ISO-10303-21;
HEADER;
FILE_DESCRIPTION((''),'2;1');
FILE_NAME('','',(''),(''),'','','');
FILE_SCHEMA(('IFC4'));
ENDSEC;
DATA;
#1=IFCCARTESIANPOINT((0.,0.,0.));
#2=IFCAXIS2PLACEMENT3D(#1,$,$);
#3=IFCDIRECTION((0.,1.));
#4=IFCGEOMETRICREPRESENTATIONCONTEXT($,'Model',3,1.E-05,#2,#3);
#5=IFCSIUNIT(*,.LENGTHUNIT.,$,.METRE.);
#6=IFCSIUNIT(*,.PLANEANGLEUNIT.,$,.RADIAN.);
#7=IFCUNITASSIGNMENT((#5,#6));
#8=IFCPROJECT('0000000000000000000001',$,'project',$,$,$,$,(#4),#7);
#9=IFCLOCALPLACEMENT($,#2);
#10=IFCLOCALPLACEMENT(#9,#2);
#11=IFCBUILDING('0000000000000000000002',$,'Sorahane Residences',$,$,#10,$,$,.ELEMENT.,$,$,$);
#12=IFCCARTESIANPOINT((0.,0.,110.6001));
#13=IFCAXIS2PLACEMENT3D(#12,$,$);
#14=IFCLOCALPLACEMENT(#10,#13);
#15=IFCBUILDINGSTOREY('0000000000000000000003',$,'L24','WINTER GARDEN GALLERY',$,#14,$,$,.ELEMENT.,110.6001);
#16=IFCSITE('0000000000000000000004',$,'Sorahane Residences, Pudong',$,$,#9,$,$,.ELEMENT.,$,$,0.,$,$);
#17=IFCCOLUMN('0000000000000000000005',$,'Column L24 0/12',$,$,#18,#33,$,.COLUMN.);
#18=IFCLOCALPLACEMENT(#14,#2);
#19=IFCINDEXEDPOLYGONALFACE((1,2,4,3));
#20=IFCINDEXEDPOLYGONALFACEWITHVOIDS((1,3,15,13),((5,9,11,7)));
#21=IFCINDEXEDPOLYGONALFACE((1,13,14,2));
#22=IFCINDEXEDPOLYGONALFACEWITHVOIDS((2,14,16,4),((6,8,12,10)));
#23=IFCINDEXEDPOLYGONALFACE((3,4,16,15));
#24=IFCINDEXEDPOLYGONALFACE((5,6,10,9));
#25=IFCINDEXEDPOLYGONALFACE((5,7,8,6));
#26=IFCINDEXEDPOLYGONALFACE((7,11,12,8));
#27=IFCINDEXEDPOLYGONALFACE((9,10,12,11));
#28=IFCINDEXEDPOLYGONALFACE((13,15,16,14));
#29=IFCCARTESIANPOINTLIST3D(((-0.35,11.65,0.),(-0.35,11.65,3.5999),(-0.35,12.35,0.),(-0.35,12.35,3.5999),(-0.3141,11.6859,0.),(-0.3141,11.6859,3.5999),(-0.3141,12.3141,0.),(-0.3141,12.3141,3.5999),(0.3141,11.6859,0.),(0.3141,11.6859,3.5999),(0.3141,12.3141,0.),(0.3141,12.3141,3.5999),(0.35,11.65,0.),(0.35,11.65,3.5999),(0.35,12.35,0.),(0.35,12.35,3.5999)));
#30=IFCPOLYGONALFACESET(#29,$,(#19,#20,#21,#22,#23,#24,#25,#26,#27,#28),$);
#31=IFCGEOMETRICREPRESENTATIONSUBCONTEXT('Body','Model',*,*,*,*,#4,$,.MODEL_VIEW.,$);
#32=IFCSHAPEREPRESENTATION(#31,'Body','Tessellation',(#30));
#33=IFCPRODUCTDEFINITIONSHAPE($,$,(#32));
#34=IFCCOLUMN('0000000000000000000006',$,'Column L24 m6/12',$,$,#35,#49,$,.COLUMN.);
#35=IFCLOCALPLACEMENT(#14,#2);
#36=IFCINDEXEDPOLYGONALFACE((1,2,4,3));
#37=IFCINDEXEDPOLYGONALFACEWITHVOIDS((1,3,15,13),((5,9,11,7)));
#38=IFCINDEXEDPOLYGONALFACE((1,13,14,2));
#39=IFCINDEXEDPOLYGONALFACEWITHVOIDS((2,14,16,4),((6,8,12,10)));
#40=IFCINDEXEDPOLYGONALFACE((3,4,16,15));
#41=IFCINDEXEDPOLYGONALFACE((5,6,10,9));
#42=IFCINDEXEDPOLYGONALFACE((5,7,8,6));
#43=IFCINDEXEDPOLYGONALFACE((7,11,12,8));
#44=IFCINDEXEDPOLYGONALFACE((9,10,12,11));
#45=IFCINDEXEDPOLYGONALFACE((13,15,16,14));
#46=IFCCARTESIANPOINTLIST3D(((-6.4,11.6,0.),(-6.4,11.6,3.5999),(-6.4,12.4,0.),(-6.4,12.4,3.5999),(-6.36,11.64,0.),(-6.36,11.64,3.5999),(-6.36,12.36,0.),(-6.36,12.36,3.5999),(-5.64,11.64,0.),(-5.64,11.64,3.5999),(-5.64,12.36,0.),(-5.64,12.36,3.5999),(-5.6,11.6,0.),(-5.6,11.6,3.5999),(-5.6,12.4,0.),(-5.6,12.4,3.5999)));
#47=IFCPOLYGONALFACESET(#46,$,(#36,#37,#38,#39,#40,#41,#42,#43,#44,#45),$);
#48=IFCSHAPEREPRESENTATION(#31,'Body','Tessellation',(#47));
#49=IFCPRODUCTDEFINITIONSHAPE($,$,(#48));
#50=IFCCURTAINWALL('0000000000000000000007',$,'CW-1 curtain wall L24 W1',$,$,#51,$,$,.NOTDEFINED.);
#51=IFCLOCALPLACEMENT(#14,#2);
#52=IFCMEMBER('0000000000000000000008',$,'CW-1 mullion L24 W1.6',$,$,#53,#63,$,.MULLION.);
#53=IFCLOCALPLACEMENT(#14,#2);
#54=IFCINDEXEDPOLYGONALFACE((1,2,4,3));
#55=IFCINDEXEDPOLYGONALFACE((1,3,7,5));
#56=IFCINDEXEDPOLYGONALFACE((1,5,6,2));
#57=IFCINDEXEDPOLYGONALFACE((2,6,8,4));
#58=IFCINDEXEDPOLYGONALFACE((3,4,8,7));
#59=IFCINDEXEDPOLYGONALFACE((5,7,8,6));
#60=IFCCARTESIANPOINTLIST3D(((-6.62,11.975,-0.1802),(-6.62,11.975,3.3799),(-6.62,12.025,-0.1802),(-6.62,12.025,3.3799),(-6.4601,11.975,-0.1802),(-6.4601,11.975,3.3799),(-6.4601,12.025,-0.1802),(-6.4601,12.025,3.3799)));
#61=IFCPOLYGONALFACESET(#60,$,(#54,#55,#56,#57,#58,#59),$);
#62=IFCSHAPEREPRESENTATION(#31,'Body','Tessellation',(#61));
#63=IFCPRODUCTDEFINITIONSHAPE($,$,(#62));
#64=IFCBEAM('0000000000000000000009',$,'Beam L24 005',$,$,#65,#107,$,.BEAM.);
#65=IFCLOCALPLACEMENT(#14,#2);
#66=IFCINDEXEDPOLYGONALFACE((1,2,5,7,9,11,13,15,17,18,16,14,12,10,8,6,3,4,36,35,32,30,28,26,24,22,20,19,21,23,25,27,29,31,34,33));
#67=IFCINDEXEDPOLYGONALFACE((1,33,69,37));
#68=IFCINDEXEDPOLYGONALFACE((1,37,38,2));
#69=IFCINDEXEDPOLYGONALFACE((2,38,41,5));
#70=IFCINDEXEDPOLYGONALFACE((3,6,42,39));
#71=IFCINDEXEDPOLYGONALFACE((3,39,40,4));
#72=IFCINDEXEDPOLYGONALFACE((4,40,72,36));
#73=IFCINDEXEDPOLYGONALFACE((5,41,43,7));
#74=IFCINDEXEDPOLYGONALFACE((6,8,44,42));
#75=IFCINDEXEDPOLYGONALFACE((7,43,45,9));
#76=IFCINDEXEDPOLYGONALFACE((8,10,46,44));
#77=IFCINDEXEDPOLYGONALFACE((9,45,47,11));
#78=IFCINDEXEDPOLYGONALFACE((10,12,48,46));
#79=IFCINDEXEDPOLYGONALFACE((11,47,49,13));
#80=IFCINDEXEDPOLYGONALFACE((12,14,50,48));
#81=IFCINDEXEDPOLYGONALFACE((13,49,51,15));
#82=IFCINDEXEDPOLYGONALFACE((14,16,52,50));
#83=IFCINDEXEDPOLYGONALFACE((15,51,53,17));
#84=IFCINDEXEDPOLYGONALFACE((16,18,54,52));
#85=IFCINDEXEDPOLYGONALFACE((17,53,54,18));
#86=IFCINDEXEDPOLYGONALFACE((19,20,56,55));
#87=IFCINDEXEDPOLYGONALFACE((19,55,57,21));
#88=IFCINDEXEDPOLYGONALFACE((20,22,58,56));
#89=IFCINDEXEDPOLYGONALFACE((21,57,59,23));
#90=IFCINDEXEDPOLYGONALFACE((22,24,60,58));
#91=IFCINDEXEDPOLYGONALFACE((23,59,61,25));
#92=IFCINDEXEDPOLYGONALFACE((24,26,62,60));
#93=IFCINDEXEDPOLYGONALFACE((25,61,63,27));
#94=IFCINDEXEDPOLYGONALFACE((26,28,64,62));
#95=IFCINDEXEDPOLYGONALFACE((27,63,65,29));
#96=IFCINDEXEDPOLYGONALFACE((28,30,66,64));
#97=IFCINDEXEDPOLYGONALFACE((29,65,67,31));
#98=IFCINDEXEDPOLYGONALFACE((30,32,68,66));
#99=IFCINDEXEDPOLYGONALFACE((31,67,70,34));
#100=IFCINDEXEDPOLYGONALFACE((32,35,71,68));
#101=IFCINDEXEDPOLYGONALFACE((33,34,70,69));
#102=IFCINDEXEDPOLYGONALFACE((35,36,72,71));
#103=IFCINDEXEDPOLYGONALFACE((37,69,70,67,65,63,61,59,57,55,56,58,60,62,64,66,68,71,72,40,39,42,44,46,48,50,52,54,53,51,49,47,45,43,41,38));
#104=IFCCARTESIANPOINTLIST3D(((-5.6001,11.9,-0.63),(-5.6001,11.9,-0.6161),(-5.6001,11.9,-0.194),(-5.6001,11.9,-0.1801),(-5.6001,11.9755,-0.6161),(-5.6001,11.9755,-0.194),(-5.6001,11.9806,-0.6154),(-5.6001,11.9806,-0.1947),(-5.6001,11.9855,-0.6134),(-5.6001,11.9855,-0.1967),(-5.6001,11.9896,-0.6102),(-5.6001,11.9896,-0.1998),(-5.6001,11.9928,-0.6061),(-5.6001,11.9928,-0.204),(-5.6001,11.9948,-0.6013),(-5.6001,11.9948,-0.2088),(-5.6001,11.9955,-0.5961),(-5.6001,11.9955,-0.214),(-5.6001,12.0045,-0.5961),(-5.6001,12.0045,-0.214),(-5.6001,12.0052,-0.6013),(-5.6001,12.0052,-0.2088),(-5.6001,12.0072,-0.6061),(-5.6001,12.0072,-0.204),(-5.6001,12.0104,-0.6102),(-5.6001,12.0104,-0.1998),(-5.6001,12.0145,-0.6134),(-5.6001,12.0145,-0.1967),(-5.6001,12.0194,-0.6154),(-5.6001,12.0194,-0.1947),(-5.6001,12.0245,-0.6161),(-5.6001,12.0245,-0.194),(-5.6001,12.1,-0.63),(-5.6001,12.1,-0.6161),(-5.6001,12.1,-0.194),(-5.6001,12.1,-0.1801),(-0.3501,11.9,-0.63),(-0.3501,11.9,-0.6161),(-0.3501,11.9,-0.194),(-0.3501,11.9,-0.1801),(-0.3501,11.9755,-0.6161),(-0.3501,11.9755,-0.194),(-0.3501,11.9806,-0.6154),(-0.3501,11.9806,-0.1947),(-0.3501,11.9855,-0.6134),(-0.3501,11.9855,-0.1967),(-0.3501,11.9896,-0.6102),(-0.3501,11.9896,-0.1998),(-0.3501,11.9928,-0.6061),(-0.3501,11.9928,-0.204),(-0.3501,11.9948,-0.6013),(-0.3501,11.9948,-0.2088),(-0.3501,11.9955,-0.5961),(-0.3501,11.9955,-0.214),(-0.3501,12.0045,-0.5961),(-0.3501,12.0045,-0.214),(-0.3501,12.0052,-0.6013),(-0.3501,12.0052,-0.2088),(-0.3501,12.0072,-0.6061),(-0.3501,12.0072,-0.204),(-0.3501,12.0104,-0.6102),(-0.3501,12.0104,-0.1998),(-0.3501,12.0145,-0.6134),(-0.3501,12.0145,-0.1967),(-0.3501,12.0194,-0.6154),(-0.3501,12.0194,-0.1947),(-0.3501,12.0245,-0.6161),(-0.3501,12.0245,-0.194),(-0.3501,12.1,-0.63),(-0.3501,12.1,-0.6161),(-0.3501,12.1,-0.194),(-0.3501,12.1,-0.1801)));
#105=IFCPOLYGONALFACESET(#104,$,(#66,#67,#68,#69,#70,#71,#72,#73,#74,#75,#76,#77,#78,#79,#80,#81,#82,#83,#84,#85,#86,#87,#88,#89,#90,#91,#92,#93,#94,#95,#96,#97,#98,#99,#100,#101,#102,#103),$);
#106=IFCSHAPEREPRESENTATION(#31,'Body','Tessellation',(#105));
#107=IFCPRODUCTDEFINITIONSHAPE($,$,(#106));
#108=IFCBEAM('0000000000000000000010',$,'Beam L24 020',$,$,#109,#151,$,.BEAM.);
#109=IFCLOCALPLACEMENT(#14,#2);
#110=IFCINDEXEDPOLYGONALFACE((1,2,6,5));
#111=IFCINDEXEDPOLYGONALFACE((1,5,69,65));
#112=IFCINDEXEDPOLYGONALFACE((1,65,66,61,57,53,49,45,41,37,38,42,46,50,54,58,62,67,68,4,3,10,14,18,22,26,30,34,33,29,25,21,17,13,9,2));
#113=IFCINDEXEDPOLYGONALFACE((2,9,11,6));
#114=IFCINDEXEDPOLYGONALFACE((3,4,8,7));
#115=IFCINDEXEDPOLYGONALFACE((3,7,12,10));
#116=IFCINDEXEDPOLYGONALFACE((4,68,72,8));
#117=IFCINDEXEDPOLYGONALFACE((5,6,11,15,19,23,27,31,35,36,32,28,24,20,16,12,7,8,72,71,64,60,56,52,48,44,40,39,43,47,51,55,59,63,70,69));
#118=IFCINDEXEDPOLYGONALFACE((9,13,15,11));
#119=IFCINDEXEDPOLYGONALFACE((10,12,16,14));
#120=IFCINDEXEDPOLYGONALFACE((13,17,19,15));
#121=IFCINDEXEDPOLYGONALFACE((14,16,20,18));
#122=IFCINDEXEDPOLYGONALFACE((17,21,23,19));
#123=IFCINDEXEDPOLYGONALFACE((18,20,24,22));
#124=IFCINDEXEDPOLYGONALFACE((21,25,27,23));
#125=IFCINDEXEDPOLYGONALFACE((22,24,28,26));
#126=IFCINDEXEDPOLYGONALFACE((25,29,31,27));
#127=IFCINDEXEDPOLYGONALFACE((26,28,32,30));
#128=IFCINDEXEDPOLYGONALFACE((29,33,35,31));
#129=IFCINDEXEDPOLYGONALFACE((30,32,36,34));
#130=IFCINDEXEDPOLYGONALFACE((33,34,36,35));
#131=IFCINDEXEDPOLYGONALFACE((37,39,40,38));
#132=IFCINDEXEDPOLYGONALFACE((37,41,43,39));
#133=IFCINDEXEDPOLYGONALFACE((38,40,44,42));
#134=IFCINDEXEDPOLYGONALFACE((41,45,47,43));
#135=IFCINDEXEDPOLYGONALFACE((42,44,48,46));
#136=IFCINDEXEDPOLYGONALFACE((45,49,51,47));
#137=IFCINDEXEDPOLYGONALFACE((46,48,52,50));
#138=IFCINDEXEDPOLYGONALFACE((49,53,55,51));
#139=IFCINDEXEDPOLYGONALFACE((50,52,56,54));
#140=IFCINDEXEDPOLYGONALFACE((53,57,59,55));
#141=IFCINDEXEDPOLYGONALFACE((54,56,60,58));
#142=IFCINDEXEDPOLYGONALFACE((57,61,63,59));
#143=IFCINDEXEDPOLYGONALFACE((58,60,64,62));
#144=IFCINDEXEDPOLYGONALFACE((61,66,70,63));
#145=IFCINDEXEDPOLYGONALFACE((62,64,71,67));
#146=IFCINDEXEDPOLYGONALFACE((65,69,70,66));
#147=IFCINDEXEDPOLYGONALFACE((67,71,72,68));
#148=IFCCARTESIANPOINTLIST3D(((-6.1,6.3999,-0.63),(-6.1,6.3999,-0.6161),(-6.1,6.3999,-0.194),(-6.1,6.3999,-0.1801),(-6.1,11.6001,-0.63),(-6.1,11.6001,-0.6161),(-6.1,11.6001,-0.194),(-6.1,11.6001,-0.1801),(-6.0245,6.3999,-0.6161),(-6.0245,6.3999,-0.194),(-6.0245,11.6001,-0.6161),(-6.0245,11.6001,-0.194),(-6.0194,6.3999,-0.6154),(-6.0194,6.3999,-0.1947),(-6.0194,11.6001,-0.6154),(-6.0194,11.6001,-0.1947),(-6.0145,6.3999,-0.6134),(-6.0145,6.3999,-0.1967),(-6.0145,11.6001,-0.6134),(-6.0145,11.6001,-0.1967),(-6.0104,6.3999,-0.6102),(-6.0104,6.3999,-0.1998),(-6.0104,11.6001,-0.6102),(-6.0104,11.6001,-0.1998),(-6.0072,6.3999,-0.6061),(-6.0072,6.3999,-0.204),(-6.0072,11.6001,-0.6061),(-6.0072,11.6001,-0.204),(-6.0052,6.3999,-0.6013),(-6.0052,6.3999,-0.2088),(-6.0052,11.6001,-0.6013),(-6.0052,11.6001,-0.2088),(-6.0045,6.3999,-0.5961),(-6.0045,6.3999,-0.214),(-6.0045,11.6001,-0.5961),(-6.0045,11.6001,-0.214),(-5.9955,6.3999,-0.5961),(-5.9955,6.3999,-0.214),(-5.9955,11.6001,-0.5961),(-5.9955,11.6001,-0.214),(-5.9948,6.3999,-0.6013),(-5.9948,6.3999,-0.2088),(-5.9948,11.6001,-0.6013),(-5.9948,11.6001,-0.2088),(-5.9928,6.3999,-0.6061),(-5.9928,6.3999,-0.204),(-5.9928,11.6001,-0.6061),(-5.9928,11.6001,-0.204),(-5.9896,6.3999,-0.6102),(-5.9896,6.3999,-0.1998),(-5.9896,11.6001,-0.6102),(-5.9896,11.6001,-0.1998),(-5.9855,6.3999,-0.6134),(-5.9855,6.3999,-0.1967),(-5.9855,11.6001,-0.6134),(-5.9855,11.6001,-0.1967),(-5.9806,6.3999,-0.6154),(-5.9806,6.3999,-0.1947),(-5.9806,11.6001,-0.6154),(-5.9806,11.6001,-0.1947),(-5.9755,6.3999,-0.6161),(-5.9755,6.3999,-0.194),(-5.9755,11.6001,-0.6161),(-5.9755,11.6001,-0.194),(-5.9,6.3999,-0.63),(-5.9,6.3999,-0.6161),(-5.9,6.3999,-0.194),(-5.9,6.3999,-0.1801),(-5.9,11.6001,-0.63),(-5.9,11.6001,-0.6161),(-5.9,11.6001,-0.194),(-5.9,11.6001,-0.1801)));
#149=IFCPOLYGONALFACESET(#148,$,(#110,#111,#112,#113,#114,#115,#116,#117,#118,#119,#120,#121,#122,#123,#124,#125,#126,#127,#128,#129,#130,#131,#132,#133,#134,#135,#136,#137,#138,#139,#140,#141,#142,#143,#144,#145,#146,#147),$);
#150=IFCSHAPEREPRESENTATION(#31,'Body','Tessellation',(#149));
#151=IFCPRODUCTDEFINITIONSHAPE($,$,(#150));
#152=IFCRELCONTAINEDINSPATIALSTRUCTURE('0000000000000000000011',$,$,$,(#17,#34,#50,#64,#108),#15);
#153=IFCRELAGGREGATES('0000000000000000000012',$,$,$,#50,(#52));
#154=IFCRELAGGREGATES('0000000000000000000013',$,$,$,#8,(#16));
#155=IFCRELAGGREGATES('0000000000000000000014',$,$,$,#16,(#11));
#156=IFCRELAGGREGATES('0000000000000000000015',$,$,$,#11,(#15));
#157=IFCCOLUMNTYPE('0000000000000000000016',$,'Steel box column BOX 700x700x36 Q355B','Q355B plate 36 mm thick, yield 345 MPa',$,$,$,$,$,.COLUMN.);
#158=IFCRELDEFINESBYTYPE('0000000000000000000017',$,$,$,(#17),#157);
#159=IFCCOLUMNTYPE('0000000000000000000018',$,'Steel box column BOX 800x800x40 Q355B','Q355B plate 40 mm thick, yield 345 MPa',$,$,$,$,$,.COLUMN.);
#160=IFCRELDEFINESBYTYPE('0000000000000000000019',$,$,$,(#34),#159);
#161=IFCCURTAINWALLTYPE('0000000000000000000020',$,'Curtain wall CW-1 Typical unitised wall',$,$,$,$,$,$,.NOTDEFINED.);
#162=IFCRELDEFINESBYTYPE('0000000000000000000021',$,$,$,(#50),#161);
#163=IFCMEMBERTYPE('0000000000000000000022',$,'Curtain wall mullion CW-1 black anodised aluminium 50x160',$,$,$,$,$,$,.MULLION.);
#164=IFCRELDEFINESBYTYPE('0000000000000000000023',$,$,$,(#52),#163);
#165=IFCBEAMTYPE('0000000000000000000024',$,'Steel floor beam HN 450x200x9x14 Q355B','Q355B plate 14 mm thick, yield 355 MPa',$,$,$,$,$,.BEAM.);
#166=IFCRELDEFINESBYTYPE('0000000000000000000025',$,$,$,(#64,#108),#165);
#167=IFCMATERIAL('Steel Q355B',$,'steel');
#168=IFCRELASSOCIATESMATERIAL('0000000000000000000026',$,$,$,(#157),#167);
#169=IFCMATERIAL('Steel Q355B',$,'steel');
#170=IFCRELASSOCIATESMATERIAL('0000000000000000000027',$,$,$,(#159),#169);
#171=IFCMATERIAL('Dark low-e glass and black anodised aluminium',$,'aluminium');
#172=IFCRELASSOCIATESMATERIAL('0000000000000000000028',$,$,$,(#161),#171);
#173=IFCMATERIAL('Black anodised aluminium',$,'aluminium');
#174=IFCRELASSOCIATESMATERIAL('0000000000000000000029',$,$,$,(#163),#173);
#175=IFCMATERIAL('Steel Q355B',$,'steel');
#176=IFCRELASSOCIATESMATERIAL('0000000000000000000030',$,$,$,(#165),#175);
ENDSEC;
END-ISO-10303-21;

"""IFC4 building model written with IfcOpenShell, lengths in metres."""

from ifc_helpers import new_model, si_unit, direction, frame, origin, origin_2d, place, context, subcontext, project, spatial, rectangle, hollow_rectangle, i_section, extrude, material, material_profile, profile_set, type_object, element, aggregate, save


model = new_model("IFC4")

# Units and contexts
model_context = context("Model", 3, precision=1e-05, world=origin(), true_north=direction((0.0, 1.0)))
body_context = subcontext(model_context, "Body", "Model", "MODEL_VIEW")
ifc_project = project(units=[si_unit("LENGTHUNIT", "METRE"), si_unit("PLANEANGLEUNIT", "RADIAN")], contexts=[model_context])

# Site, building, storey
site_placement = place(None, origin())
site = spatial("IfcSite", under=ifc_project, at=site_placement, Name="Sorahane Residences, Pudong", CompositionType="ELEMENT", RefElevation=0.0)
building_placement = place(site_placement, origin())
building = spatial("IfcBuilding", under=site, at=building_placement, Name="Sorahane Residences", CompositionType="ELEMENT")
storey_placement = place(building_placement, frame((0.0, 0.0, 110.6001)))
storey = spatial("IfcBuildingStorey", under=building, at=storey_placement, Name="L24", Description="WINTER GARDEN GALLERY", CompositionType="ELEMENT", Elevation=110.6001)

# Columns
ifc_material_1 = material(Name="Steel Q355B", Category="steel")
ifc_material_profile_1 = material_profile(ifc_material_1, hollow_rectangle(XDim=0.7, YDim=0.7, WallThickness=0.0359, at=origin_2d()), Name="BOX 700x700x36")
ifc_profile_set_1 = profile_set([ifc_material_profile_1], Name="Steel Q355B")
column_type_1 = type_object("IfcColumnType", Name="Steel box column BOX 700x700x36 Q355B", Description="Q355B plate 36 mm thick, yield 345 MPa", PredefinedType="COLUMN", material=ifc_profile_set_1)
column_1_placement = place(storey_placement, frame((0.0, 12.0, 0.0), z_axis=(0.0, 0.0, 1.0), x_axis=(1.0, 0.0, 0.0)))
element("IfcColumn", 1, at=column_1_placement, inside=storey, type_object=column_type_1, Name="Column L24 0/12", PredefinedType="COLUMN", context=body_context, shape_type="SweptSolid", body=[
    extrude(hollow_rectangle(XDim=0.7, YDim=0.7, WallThickness=0.0359, at=origin_2d()), origin(), (0.0, 0.0, 1.0), 3.5999),
])
ifc_material_2 = material(Name="Steel Q355B", Category="steel")
ifc_material_profile_2 = material_profile(ifc_material_2, hollow_rectangle(XDim=0.8, YDim=0.8, WallThickness=0.04, at=origin_2d()), Name="BOX 800x800x40")
ifc_profile_set_2 = profile_set([ifc_material_profile_2], Name="Steel Q355B")
column_type_2 = type_object("IfcColumnType", Name="Steel box column BOX 800x800x40 Q355B", Description="Q355B plate 40 mm thick, yield 345 MPa", PredefinedType="COLUMN", material=ifc_profile_set_2)
column_2_placement = place(storey_placement, frame((-6.0, 12.0, 0.0), z_axis=(0.0, 0.0, 1.0), x_axis=(1.0, 0.0, 0.0)))
element("IfcColumn", 2, at=column_2_placement, inside=storey, type_object=column_type_2, Name="Column L24 m6/12", PredefinedType="COLUMN", context=body_context, shape_type="SweptSolid", body=[
    extrude(hollow_rectangle(XDim=0.8, YDim=0.8, WallThickness=0.04, at=origin_2d()), origin(), (0.0, 0.0, 1.0), 3.5999),
])

# Curtain wall, member
ifc_material_3 = material(Name="Dark low-e glass and black anodised aluminium", Category="aluminium")
curtain_wall_type = type_object("IfcCurtainWallType", Name="Curtain wall CW-1 Typical unitised wall", PredefinedType="NOTDEFINED", material=ifc_material_3)
curtain_wall_placement = place(storey_placement, origin())
curtain_wall = element("IfcCurtainWall", 3, at=curtain_wall_placement, inside=storey, type_object=curtain_wall_type, Name="CW-1 curtain wall L24 W1", PredefinedType="NOTDEFINED")
ifc_material_4 = material(Name="Black anodised aluminium", Category="aluminium")
ifc_material_profile_3 = material_profile(ifc_material_4, rectangle(XDim=0.1599, YDim=0.05, at=origin_2d()), Name="Curtain wall mullion CW-1 black anodised aluminium 50x160")
ifc_profile_set_3 = profile_set([ifc_material_profile_3], Name="Black anodised aluminium")
member_type = type_object("IfcMemberType", Name="Curtain wall mullion CW-1 black anodised aluminium 50x160", PredefinedType="MULLION", material=ifc_profile_set_3)
member_placement = place(storey_placement, frame((-6.54, 12.0, -0.1802), z_axis=(0.0, 0.0, 1.0), x_axis=(-1.0, 0.0, 0.0)))
member = element("IfcMember", 4, at=member_placement, type_object=member_type, Name="CW-1 mullion L24 W1.6", PredefinedType="MULLION", context=body_context, shape_type="SweptSolid", body=[
    extrude(rectangle(XDim=0.1599, YDim=0.05, at=origin_2d()), origin(), (0.0, 0.0, 1.0), 3.5601),
])

# Beams
ifc_material_5 = material(Name="Steel Q355B", Category="steel")
ifc_material_profile_4 = material_profile(ifc_material_5, i_section(OverallWidth=0.2, OverallDepth=0.45, WebThickness=0.009, FlangeThickness=0.0139, FilletRadius=0.02, at=origin_2d()), Name="HN 450x200x9x14")
ifc_profile_set_4 = profile_set([ifc_material_profile_4], Name="Steel Q355B")
beam_type_1 = type_object("IfcBeamType", Name="Steel floor beam HN 450x200x9x14 Q355B", Description="Q355B plate 14 mm thick, yield 355 MPa", PredefinedType="BEAM", material=ifc_profile_set_4)
beam_1_placement = place(storey_placement, frame((-5.6001, 12.0, -0.405), z_axis=(1.0, 0.0, 0.0), x_axis=(0.0, 1.0, 0.0)))
element("IfcBeam", 5, at=beam_1_placement, inside=storey, type_object=beam_type_1, Name="Beam L24 005", PredefinedType="BEAM", context=body_context, shape_type="SweptSolid", body=[
    extrude(i_section(OverallWidth=0.2, OverallDepth=0.45, WebThickness=0.009, FlangeThickness=0.0139, FilletRadius=0.02, at=origin_2d()), origin(), (0.0, 0.0, 1.0), 5.25),
])
beam_2_placement = place(storey_placement, frame((-6.0, 6.3999, -0.405), z_axis=(0.0, 1.0, 0.0), x_axis=(-1.0, 0.0, 0.0)))
element("IfcBeam", 6, at=beam_2_placement, inside=storey, type_object=beam_type_1, Name="Beam L24 020", PredefinedType="BEAM", context=body_context, shape_type="SweptSolid", body=[
    extrude(i_section(OverallWidth=0.2, OverallDepth=0.45, WebThickness=0.009, FlangeThickness=0.0139, FilletRadius=0.02, at=origin_2d()), origin(), (0.0, 0.0, 1.0), 5.2002),
])

aggregate(curtain_wall, [member])

save(model, "model.ifc")
